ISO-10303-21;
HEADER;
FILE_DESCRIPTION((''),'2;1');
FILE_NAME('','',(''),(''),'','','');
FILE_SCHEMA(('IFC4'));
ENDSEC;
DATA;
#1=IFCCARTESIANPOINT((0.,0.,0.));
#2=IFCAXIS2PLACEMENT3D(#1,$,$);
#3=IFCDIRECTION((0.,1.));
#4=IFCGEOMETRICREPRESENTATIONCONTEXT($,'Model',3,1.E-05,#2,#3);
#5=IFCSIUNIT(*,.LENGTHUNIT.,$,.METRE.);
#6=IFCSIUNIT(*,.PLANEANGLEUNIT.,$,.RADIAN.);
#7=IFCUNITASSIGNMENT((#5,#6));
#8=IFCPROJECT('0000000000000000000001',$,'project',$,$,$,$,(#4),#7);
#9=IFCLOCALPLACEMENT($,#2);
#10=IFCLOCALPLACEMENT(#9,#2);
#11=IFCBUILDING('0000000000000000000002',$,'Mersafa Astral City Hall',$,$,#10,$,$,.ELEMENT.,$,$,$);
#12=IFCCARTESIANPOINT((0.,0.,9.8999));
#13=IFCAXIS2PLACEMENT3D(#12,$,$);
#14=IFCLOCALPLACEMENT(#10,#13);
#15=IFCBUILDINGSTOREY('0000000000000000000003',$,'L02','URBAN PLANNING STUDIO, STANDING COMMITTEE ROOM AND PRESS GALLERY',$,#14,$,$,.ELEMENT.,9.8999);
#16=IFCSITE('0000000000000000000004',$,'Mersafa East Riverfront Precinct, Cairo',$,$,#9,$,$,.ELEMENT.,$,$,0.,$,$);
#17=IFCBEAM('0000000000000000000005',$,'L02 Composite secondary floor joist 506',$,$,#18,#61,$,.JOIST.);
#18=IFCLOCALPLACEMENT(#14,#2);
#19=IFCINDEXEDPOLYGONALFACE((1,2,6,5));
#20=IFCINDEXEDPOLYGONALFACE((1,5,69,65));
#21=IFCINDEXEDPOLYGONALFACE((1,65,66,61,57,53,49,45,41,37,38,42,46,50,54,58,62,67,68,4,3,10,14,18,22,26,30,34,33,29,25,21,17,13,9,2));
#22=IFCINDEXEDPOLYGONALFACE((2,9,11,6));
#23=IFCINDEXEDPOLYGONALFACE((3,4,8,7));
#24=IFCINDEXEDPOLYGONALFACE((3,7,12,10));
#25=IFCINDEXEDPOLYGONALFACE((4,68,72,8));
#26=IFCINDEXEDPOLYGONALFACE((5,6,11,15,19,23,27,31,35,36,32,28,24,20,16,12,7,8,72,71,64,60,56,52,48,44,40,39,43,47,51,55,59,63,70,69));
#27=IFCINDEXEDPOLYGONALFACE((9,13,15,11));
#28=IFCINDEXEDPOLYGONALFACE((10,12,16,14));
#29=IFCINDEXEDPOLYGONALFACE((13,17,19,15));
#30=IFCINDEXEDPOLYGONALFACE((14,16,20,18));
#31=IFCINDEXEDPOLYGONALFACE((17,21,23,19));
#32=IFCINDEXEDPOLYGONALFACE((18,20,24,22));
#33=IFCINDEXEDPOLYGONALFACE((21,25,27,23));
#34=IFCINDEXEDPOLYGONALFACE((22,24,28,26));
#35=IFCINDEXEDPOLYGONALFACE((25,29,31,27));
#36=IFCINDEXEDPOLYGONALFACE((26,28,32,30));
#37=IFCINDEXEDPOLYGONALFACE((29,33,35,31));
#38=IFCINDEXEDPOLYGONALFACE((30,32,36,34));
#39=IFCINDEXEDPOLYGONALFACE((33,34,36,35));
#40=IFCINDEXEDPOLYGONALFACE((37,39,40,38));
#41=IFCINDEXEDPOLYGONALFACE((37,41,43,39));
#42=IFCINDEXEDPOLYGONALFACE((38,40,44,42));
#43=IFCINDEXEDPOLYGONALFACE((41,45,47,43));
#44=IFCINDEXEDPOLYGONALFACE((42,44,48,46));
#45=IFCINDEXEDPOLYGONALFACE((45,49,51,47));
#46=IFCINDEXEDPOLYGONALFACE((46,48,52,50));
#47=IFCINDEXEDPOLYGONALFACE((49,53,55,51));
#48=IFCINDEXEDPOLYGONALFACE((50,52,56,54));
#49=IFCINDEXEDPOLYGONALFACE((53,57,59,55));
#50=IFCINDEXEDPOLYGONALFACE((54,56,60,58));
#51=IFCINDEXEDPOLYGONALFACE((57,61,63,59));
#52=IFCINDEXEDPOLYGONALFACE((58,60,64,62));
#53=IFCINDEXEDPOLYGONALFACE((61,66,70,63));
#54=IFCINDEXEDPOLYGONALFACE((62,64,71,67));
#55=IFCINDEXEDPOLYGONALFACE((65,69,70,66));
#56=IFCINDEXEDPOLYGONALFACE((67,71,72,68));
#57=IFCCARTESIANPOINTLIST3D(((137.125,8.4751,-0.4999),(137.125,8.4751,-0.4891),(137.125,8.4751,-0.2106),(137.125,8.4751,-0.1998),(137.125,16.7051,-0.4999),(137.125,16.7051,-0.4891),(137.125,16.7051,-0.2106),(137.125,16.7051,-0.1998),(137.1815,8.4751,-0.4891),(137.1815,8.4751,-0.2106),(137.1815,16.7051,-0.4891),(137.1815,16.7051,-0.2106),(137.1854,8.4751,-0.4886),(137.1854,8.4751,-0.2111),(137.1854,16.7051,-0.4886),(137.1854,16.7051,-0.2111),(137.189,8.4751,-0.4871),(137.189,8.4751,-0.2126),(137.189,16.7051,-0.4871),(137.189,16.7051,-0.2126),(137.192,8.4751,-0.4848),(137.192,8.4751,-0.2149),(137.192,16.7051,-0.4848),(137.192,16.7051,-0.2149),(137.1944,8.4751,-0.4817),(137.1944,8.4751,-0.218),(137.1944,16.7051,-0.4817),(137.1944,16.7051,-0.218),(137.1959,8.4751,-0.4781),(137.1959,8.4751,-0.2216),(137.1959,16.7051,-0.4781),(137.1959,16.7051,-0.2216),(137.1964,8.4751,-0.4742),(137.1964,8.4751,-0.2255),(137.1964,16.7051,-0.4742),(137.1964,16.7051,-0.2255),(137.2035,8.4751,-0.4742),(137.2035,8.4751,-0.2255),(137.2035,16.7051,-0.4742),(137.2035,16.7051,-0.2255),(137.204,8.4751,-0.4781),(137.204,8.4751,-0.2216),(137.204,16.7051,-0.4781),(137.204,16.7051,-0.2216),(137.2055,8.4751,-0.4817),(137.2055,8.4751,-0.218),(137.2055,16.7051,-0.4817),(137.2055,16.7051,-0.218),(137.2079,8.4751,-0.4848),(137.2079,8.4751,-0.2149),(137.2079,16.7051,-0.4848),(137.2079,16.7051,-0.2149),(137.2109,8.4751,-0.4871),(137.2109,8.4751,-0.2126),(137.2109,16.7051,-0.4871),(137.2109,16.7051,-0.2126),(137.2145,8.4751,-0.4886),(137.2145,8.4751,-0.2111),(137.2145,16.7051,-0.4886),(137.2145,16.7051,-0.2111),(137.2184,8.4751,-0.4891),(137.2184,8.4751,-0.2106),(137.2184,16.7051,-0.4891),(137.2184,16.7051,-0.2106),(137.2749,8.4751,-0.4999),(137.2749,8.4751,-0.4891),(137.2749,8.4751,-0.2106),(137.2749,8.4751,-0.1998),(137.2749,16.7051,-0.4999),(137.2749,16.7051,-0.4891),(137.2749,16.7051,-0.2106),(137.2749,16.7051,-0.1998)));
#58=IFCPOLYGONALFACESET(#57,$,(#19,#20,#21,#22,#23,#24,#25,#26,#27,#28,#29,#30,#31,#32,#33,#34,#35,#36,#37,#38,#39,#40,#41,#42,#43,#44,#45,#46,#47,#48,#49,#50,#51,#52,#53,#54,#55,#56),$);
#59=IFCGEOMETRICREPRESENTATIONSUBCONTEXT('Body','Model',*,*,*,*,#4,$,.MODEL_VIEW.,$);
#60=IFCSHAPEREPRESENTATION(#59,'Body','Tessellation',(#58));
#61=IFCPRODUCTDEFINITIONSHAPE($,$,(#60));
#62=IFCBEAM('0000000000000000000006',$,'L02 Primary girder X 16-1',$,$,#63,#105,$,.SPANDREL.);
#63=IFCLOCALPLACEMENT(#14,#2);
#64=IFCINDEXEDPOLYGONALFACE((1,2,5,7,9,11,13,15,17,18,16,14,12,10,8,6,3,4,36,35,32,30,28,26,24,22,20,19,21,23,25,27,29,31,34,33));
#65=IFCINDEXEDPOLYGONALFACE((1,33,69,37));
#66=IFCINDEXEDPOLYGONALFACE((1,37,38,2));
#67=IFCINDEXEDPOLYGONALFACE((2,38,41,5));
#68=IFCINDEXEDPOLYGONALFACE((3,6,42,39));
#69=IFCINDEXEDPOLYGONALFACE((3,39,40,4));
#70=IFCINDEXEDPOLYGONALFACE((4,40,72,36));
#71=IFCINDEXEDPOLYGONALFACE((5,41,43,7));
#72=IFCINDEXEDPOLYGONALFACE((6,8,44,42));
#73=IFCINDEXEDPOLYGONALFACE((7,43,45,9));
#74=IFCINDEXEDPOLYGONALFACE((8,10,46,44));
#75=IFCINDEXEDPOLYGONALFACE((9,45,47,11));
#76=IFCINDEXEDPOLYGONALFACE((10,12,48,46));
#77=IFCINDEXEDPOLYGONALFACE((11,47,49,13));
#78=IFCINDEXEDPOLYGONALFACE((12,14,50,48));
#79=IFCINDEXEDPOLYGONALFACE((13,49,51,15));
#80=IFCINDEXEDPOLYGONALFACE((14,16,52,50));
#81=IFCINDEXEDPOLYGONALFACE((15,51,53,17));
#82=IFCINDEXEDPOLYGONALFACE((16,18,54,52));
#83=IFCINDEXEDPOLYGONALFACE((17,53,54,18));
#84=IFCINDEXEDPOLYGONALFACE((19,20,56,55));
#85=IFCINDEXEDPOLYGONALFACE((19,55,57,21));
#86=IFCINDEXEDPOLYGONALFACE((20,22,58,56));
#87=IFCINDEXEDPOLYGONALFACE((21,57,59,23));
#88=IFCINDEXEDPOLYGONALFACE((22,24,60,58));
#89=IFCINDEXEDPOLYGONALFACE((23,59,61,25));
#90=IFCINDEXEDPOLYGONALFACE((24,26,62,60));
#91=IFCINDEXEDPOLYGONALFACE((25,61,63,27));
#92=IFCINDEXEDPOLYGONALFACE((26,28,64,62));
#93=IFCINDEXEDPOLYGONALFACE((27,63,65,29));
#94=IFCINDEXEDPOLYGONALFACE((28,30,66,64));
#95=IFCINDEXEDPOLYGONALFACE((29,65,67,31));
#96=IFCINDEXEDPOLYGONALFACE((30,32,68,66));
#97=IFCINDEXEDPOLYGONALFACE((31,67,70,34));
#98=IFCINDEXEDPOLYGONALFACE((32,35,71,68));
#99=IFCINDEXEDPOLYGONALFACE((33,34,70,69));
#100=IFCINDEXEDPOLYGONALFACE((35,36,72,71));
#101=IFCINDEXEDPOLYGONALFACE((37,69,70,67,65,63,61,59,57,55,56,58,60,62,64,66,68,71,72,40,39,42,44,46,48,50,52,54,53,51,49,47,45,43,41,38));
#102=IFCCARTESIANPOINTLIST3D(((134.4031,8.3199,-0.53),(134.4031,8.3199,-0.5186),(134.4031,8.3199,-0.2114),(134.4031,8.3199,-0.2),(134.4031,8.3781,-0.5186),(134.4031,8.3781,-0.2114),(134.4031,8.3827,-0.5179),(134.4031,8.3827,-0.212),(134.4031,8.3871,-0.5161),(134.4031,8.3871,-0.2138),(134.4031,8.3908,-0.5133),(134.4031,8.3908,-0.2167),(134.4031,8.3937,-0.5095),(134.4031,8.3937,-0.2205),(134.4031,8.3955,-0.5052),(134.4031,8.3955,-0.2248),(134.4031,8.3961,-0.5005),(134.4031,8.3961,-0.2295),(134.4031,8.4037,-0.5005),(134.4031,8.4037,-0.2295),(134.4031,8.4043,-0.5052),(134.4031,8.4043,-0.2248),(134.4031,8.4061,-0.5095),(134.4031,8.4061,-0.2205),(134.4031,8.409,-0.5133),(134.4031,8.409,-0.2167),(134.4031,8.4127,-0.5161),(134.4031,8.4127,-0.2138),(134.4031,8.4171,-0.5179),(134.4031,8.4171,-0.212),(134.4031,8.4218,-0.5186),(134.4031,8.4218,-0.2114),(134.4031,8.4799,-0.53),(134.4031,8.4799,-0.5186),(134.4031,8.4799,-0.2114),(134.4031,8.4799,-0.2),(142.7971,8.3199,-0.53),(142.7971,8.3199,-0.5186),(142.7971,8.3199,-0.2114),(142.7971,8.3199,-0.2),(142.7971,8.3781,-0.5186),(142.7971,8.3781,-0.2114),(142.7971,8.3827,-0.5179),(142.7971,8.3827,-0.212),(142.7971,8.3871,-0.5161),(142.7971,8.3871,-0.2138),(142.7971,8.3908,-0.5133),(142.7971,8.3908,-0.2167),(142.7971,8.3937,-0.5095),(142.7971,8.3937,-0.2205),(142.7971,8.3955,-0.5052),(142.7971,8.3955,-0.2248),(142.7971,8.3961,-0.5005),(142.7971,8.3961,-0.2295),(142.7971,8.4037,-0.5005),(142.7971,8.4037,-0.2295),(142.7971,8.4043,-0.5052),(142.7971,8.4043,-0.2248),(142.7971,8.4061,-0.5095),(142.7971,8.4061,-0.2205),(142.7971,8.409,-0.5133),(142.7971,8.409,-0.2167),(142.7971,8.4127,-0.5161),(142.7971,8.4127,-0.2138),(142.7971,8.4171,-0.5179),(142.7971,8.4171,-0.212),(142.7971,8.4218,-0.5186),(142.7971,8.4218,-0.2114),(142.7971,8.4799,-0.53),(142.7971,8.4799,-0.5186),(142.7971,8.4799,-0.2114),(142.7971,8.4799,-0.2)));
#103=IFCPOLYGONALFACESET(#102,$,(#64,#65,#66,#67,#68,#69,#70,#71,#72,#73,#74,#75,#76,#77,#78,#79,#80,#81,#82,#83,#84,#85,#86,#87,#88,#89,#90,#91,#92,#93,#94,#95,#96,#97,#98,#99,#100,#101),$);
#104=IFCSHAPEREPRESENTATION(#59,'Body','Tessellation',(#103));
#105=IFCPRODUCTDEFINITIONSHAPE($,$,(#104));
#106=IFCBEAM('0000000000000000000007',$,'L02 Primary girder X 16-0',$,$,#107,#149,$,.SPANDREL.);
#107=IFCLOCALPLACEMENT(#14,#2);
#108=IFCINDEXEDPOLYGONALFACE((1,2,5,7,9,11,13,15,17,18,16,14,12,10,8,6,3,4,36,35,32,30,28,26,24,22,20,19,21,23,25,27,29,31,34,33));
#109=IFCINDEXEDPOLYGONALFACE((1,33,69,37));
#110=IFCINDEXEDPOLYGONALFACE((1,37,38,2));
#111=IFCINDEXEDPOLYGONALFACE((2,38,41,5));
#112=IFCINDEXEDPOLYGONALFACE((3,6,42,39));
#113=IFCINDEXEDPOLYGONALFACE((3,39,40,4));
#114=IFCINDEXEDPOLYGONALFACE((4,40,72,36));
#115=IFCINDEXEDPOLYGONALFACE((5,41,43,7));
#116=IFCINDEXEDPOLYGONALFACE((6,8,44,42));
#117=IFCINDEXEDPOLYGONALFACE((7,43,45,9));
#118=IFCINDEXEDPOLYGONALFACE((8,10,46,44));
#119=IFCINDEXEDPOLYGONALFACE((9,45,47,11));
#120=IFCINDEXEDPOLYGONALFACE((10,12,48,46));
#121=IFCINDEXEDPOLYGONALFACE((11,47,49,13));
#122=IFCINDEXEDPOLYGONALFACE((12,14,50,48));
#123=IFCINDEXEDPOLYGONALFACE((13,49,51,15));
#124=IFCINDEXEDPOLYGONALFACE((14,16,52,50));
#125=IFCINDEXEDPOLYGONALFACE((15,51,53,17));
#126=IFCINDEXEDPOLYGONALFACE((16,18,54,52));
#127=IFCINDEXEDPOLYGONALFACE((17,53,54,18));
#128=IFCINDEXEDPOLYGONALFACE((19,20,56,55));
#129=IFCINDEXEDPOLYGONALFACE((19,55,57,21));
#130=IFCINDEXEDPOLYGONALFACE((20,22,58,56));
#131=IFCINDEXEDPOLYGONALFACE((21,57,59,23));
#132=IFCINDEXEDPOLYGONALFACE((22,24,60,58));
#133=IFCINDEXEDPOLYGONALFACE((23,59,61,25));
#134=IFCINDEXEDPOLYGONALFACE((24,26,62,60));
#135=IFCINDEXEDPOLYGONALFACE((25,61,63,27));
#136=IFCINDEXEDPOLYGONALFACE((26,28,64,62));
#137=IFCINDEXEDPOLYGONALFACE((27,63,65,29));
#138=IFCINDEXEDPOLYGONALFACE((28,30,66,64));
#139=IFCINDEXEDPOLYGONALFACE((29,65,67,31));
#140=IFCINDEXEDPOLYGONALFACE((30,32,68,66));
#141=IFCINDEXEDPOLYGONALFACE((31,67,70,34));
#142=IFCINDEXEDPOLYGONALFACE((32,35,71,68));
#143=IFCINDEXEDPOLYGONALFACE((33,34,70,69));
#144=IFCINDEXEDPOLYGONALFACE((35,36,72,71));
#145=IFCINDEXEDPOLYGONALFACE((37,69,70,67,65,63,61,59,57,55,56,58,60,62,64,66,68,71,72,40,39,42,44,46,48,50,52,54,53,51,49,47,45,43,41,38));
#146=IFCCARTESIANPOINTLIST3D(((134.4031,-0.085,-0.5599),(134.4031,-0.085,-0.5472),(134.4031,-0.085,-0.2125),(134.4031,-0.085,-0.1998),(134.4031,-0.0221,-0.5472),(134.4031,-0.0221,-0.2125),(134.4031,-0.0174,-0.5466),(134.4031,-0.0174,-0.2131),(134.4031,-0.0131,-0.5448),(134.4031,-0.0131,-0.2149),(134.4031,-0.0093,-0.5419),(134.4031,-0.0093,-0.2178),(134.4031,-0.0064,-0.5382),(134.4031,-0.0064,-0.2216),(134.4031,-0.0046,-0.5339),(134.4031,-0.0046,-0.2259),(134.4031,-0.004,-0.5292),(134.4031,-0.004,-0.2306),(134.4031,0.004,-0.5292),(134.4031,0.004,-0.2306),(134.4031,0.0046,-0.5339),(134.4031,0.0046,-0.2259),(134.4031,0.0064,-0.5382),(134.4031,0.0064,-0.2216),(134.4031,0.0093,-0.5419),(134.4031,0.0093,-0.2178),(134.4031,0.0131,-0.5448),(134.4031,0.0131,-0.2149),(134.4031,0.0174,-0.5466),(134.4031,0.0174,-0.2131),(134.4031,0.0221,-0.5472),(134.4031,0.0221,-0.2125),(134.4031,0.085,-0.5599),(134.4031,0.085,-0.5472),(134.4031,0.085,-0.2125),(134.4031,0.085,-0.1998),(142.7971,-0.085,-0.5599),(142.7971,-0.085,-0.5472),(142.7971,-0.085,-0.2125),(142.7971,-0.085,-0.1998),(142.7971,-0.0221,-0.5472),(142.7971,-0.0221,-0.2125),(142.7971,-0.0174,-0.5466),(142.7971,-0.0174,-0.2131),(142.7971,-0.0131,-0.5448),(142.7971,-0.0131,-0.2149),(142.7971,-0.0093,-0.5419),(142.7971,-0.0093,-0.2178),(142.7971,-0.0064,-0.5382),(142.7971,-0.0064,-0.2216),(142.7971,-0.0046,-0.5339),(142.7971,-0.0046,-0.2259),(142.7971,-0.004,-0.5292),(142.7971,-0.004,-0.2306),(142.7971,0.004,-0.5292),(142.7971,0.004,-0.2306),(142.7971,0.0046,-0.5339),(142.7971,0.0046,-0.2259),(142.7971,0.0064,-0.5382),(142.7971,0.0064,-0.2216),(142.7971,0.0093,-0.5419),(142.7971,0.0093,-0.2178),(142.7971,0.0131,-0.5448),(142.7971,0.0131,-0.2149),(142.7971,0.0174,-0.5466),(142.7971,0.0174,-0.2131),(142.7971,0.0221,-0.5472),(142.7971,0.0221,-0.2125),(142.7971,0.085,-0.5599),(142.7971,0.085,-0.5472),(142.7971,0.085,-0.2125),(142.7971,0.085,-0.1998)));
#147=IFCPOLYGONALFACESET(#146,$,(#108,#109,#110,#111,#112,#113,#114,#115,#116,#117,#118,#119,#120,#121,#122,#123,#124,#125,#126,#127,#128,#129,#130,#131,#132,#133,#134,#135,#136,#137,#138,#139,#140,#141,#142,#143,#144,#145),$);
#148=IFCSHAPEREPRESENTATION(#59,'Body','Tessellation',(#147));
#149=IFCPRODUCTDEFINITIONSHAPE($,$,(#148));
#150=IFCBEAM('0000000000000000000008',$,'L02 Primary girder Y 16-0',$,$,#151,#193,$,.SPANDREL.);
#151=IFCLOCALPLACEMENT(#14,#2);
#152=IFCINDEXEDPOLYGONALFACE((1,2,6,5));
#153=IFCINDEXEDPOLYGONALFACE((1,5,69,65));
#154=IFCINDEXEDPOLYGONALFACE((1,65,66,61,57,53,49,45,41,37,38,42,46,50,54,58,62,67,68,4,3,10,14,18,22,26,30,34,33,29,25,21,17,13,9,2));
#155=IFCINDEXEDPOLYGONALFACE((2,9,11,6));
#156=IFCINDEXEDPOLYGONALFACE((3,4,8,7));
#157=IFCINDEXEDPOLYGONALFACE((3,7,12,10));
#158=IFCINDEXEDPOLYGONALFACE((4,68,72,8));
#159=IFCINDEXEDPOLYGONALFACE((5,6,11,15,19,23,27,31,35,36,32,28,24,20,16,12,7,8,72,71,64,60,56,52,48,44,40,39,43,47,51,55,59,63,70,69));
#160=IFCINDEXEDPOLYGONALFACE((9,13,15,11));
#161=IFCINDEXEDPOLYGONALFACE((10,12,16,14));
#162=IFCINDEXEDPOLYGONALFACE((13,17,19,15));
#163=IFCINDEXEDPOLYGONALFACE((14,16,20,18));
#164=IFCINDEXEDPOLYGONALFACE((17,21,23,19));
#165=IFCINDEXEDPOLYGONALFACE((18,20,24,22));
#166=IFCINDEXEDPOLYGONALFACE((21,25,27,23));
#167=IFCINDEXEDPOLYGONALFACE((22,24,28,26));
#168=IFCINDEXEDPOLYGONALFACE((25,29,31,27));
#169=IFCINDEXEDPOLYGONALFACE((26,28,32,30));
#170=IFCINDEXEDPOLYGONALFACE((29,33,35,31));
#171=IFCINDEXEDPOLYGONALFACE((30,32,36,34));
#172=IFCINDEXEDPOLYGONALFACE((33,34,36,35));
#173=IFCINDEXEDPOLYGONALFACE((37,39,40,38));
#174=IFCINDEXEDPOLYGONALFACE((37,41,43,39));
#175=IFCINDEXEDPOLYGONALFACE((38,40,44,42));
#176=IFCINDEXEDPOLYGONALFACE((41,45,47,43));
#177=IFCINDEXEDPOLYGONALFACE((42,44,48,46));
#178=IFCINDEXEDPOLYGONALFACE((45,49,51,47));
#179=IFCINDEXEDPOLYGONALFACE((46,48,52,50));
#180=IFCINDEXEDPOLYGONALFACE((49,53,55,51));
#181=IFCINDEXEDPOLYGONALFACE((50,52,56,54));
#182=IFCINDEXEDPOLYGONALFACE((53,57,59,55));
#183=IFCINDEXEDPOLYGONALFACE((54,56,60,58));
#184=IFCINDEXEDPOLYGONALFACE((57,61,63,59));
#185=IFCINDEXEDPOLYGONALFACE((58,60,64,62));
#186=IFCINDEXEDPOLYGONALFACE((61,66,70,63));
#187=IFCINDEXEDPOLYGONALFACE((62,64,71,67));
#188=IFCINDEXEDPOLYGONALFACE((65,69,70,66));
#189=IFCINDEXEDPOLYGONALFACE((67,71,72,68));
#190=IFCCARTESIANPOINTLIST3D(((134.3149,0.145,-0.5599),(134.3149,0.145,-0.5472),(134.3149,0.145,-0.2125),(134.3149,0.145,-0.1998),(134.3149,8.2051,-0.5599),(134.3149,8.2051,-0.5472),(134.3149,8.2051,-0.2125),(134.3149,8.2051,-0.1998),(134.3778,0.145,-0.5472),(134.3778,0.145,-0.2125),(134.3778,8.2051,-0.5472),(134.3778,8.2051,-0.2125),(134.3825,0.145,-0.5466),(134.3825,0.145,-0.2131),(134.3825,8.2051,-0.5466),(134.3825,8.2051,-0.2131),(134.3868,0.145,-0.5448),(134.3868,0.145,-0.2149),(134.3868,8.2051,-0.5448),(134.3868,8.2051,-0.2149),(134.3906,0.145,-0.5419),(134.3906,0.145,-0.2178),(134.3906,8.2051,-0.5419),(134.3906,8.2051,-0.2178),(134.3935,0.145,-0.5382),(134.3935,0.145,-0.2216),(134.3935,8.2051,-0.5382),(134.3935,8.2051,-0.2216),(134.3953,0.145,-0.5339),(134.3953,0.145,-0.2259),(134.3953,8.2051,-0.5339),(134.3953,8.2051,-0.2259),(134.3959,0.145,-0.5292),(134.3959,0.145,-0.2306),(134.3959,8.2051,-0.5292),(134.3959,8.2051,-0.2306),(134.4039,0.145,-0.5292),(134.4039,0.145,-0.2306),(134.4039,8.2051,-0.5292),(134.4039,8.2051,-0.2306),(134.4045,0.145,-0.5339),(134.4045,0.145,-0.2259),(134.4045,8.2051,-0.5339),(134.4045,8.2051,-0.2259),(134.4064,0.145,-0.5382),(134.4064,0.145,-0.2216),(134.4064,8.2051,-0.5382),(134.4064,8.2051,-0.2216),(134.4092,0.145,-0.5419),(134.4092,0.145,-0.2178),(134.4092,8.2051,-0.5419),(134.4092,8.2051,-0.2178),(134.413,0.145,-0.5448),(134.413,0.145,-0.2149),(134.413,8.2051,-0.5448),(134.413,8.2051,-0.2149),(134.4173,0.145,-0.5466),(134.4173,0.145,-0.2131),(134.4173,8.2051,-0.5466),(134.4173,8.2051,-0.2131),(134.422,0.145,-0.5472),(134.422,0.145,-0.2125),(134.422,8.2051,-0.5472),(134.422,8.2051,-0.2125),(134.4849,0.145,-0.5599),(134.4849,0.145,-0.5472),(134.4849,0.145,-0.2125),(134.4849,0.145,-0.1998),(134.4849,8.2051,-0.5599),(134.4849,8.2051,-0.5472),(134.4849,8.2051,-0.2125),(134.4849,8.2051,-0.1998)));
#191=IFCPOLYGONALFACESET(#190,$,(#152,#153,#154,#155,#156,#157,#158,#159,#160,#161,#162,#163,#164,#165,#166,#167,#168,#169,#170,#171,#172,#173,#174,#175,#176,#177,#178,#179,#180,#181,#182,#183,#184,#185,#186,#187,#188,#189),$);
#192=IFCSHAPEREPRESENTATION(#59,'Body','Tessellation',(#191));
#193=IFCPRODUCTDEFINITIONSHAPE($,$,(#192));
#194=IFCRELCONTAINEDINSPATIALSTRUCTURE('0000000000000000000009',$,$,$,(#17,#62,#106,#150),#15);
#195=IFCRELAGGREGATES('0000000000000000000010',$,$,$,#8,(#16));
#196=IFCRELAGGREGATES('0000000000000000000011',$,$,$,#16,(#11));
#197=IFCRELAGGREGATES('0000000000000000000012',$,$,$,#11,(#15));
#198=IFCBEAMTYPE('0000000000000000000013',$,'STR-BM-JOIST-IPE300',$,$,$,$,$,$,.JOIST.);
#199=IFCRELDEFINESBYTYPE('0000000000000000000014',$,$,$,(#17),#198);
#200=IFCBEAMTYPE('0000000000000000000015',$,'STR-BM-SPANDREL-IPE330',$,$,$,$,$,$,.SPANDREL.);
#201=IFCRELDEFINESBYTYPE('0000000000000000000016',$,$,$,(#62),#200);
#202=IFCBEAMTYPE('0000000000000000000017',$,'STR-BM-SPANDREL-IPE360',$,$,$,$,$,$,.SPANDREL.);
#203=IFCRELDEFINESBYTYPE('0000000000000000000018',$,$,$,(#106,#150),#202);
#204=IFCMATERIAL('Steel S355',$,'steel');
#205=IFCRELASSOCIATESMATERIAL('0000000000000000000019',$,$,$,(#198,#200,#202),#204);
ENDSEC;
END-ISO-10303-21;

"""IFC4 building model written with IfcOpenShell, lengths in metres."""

from ifc_helpers import new_model, si_unit, direction, frame, origin, origin_2d, place, context, subcontext, project, spatial, i_section, extrude, material, material_profile, profile_set, type_object, element, save


model = new_model("IFC4")

# Units and contexts
model_context = context("Model", 3, precision=1e-05, world=origin(), true_north=direction((0.0, 1.0)))
body_context = subcontext(model_context, "Body", "Model", "MODEL_VIEW")
ifc_project = project(units=[si_unit("LENGTHUNIT", "METRE"), si_unit("PLANEANGLEUNIT", "RADIAN")], contexts=[model_context])

# Site, building, storey
site_placement = place(None, origin())
site = spatial("IfcSite", under=ifc_project, at=site_placement, Name="Mersafa East Riverfront Precinct, Cairo", CompositionType="ELEMENT", RefElevation=0.0)
building_placement = place(site_placement, origin())
building = spatial("IfcBuilding", under=site, at=building_placement, Name="Mersafa Astral City Hall", CompositionType="ELEMENT")
storey_placement = place(building_placement, frame((0.0, 0.0, 9.8999)))
storey = spatial("IfcBuildingStorey", under=building, at=storey_placement, Name="L02", Description="URBAN PLANNING STUDIO, STANDING COMMITTEE ROOM AND PRESS GALLERY", CompositionType="ELEMENT", Elevation=9.8999)

# Shared definitions
ifc_material_1 = material(Name="Steel S355", Category="steel")

# Beams
ifc_material_profile_1 = material_profile(ifc_material_1, i_section(OverallWidth=0.1499, OverallDepth=0.3, WebThickness=0.0071, FlangeThickness=0.0107, FilletRadius=0.0149, at=origin_2d()), Name="IPE 300")
ifc_profile_set_1 = profile_set([ifc_material_profile_1], Name="Steel S355")
beam_type_1 = type_object("IfcBeamType", Name="STR-BM-JOIST-IPE300", PredefinedType="JOIST", material=ifc_profile_set_1)
beam_1_placement = place(storey_placement, frame((137.2, 8.4751, -0.3499), z_axis=(0.0, 1.0, 0.0), x_axis=(-1.0, 0.0, 0.0)))
element("IfcBeam", 1, at=beam_1_placement, inside=storey, type_object=beam_type_1, Name="L02 Composite secondary floor joist 506", PredefinedType="JOIST", context=body_context, shape_type="SweptSolid", body=[
    extrude(i_section(OverallWidth=0.1499, OverallDepth=0.3, WebThickness=0.0071, FlangeThickness=0.0107, FilletRadius=0.0149, at=origin_2d()), origin(), (0.0, 0.0, 1.0), 8.23),
])
ifc_material_profile_2 = material_profile(ifc_material_1, i_section(OverallWidth=0.1599, OverallDepth=0.3301, WebThickness=0.0076, FlangeThickness=0.0115, FilletRadius=0.0181, at=origin_2d()), Name="IPE 330")
ifc_profile_set_2 = profile_set([ifc_material_profile_2], Name="Steel S355")
beam_type_2 = type_object("IfcBeamType", Name="STR-BM-SPANDREL-IPE330", PredefinedType="SPANDREL", material=ifc_profile_set_2)
beam_2_placement = place(storey_placement, frame((134.4031, 8.3999, -0.365), z_axis=(1.0, 0.0, 0.0), x_axis=(0.0, 1.0, 0.0)))
element("IfcBeam", 2, at=beam_2_placement, inside=storey, type_object=beam_type_2, Name="L02 Primary girder X 16-1", PredefinedType="SPANDREL", context=body_context, shape_type="SweptSolid", body=[
    extrude(i_section(OverallWidth=0.1599, OverallDepth=0.3301, WebThickness=0.0076, FlangeThickness=0.0115, FilletRadius=0.0181, at=origin_2d()), origin(), (0.0, 0.0, 1.0), 8.394),
])
ifc_material_profile_3 = material_profile(ifc_material_1, i_section(OverallWidth=0.1699, OverallDepth=0.3601, WebThickness=0.0081, FlangeThickness=0.0127, FilletRadius=0.0181, at=origin_2d()), Name="IPE 360")
ifc_profile_set_3 = profile_set([ifc_material_profile_3], Name="Steel S355")
beam_type_3 = type_object("IfcBeamType", Name="STR-BM-SPANDREL-IPE360", PredefinedType="SPANDREL", material=ifc_profile_set_3)
beam_3_placement = place(storey_placement, frame((134.4031, 0.0, -0.3799), z_axis=(1.0, 0.0, 0.0), x_axis=(0.0, 1.0, 0.0)))
element("IfcBeam", 3, at=beam_3_placement, inside=storey, type_object=beam_type_3, Name="L02 Primary girder X 16-0", PredefinedType="SPANDREL", context=body_context, shape_type="SweptSolid", body=[
    extrude(i_section(OverallWidth=0.1699, OverallDepth=0.3601, WebThickness=0.0081, FlangeThickness=0.0127, FilletRadius=0.0181, at=origin_2d()), origin(), (0.0, 0.0, 1.0), 8.394),
])
beam_4_placement = place(storey_placement, frame((134.3999, 0.145, -0.3799), z_axis=(0.0, 1.0, 0.0), x_axis=(-1.0, 0.0, 0.0)))
element("IfcBeam", 4, at=beam_4_placement, inside=storey, type_object=beam_type_3, Name="L02 Primary girder Y 16-0", PredefinedType="SPANDREL", context=body_context, shape_type="SweptSolid", body=[
    extrude(i_section(OverallWidth=0.1699, OverallDepth=0.3601, WebThickness=0.0081, FlangeThickness=0.0127, FilletRadius=0.0181, at=origin_2d()), origin(), (0.0, 0.0, 1.0), 8.0601),
])

save(model, "model.ifc")
